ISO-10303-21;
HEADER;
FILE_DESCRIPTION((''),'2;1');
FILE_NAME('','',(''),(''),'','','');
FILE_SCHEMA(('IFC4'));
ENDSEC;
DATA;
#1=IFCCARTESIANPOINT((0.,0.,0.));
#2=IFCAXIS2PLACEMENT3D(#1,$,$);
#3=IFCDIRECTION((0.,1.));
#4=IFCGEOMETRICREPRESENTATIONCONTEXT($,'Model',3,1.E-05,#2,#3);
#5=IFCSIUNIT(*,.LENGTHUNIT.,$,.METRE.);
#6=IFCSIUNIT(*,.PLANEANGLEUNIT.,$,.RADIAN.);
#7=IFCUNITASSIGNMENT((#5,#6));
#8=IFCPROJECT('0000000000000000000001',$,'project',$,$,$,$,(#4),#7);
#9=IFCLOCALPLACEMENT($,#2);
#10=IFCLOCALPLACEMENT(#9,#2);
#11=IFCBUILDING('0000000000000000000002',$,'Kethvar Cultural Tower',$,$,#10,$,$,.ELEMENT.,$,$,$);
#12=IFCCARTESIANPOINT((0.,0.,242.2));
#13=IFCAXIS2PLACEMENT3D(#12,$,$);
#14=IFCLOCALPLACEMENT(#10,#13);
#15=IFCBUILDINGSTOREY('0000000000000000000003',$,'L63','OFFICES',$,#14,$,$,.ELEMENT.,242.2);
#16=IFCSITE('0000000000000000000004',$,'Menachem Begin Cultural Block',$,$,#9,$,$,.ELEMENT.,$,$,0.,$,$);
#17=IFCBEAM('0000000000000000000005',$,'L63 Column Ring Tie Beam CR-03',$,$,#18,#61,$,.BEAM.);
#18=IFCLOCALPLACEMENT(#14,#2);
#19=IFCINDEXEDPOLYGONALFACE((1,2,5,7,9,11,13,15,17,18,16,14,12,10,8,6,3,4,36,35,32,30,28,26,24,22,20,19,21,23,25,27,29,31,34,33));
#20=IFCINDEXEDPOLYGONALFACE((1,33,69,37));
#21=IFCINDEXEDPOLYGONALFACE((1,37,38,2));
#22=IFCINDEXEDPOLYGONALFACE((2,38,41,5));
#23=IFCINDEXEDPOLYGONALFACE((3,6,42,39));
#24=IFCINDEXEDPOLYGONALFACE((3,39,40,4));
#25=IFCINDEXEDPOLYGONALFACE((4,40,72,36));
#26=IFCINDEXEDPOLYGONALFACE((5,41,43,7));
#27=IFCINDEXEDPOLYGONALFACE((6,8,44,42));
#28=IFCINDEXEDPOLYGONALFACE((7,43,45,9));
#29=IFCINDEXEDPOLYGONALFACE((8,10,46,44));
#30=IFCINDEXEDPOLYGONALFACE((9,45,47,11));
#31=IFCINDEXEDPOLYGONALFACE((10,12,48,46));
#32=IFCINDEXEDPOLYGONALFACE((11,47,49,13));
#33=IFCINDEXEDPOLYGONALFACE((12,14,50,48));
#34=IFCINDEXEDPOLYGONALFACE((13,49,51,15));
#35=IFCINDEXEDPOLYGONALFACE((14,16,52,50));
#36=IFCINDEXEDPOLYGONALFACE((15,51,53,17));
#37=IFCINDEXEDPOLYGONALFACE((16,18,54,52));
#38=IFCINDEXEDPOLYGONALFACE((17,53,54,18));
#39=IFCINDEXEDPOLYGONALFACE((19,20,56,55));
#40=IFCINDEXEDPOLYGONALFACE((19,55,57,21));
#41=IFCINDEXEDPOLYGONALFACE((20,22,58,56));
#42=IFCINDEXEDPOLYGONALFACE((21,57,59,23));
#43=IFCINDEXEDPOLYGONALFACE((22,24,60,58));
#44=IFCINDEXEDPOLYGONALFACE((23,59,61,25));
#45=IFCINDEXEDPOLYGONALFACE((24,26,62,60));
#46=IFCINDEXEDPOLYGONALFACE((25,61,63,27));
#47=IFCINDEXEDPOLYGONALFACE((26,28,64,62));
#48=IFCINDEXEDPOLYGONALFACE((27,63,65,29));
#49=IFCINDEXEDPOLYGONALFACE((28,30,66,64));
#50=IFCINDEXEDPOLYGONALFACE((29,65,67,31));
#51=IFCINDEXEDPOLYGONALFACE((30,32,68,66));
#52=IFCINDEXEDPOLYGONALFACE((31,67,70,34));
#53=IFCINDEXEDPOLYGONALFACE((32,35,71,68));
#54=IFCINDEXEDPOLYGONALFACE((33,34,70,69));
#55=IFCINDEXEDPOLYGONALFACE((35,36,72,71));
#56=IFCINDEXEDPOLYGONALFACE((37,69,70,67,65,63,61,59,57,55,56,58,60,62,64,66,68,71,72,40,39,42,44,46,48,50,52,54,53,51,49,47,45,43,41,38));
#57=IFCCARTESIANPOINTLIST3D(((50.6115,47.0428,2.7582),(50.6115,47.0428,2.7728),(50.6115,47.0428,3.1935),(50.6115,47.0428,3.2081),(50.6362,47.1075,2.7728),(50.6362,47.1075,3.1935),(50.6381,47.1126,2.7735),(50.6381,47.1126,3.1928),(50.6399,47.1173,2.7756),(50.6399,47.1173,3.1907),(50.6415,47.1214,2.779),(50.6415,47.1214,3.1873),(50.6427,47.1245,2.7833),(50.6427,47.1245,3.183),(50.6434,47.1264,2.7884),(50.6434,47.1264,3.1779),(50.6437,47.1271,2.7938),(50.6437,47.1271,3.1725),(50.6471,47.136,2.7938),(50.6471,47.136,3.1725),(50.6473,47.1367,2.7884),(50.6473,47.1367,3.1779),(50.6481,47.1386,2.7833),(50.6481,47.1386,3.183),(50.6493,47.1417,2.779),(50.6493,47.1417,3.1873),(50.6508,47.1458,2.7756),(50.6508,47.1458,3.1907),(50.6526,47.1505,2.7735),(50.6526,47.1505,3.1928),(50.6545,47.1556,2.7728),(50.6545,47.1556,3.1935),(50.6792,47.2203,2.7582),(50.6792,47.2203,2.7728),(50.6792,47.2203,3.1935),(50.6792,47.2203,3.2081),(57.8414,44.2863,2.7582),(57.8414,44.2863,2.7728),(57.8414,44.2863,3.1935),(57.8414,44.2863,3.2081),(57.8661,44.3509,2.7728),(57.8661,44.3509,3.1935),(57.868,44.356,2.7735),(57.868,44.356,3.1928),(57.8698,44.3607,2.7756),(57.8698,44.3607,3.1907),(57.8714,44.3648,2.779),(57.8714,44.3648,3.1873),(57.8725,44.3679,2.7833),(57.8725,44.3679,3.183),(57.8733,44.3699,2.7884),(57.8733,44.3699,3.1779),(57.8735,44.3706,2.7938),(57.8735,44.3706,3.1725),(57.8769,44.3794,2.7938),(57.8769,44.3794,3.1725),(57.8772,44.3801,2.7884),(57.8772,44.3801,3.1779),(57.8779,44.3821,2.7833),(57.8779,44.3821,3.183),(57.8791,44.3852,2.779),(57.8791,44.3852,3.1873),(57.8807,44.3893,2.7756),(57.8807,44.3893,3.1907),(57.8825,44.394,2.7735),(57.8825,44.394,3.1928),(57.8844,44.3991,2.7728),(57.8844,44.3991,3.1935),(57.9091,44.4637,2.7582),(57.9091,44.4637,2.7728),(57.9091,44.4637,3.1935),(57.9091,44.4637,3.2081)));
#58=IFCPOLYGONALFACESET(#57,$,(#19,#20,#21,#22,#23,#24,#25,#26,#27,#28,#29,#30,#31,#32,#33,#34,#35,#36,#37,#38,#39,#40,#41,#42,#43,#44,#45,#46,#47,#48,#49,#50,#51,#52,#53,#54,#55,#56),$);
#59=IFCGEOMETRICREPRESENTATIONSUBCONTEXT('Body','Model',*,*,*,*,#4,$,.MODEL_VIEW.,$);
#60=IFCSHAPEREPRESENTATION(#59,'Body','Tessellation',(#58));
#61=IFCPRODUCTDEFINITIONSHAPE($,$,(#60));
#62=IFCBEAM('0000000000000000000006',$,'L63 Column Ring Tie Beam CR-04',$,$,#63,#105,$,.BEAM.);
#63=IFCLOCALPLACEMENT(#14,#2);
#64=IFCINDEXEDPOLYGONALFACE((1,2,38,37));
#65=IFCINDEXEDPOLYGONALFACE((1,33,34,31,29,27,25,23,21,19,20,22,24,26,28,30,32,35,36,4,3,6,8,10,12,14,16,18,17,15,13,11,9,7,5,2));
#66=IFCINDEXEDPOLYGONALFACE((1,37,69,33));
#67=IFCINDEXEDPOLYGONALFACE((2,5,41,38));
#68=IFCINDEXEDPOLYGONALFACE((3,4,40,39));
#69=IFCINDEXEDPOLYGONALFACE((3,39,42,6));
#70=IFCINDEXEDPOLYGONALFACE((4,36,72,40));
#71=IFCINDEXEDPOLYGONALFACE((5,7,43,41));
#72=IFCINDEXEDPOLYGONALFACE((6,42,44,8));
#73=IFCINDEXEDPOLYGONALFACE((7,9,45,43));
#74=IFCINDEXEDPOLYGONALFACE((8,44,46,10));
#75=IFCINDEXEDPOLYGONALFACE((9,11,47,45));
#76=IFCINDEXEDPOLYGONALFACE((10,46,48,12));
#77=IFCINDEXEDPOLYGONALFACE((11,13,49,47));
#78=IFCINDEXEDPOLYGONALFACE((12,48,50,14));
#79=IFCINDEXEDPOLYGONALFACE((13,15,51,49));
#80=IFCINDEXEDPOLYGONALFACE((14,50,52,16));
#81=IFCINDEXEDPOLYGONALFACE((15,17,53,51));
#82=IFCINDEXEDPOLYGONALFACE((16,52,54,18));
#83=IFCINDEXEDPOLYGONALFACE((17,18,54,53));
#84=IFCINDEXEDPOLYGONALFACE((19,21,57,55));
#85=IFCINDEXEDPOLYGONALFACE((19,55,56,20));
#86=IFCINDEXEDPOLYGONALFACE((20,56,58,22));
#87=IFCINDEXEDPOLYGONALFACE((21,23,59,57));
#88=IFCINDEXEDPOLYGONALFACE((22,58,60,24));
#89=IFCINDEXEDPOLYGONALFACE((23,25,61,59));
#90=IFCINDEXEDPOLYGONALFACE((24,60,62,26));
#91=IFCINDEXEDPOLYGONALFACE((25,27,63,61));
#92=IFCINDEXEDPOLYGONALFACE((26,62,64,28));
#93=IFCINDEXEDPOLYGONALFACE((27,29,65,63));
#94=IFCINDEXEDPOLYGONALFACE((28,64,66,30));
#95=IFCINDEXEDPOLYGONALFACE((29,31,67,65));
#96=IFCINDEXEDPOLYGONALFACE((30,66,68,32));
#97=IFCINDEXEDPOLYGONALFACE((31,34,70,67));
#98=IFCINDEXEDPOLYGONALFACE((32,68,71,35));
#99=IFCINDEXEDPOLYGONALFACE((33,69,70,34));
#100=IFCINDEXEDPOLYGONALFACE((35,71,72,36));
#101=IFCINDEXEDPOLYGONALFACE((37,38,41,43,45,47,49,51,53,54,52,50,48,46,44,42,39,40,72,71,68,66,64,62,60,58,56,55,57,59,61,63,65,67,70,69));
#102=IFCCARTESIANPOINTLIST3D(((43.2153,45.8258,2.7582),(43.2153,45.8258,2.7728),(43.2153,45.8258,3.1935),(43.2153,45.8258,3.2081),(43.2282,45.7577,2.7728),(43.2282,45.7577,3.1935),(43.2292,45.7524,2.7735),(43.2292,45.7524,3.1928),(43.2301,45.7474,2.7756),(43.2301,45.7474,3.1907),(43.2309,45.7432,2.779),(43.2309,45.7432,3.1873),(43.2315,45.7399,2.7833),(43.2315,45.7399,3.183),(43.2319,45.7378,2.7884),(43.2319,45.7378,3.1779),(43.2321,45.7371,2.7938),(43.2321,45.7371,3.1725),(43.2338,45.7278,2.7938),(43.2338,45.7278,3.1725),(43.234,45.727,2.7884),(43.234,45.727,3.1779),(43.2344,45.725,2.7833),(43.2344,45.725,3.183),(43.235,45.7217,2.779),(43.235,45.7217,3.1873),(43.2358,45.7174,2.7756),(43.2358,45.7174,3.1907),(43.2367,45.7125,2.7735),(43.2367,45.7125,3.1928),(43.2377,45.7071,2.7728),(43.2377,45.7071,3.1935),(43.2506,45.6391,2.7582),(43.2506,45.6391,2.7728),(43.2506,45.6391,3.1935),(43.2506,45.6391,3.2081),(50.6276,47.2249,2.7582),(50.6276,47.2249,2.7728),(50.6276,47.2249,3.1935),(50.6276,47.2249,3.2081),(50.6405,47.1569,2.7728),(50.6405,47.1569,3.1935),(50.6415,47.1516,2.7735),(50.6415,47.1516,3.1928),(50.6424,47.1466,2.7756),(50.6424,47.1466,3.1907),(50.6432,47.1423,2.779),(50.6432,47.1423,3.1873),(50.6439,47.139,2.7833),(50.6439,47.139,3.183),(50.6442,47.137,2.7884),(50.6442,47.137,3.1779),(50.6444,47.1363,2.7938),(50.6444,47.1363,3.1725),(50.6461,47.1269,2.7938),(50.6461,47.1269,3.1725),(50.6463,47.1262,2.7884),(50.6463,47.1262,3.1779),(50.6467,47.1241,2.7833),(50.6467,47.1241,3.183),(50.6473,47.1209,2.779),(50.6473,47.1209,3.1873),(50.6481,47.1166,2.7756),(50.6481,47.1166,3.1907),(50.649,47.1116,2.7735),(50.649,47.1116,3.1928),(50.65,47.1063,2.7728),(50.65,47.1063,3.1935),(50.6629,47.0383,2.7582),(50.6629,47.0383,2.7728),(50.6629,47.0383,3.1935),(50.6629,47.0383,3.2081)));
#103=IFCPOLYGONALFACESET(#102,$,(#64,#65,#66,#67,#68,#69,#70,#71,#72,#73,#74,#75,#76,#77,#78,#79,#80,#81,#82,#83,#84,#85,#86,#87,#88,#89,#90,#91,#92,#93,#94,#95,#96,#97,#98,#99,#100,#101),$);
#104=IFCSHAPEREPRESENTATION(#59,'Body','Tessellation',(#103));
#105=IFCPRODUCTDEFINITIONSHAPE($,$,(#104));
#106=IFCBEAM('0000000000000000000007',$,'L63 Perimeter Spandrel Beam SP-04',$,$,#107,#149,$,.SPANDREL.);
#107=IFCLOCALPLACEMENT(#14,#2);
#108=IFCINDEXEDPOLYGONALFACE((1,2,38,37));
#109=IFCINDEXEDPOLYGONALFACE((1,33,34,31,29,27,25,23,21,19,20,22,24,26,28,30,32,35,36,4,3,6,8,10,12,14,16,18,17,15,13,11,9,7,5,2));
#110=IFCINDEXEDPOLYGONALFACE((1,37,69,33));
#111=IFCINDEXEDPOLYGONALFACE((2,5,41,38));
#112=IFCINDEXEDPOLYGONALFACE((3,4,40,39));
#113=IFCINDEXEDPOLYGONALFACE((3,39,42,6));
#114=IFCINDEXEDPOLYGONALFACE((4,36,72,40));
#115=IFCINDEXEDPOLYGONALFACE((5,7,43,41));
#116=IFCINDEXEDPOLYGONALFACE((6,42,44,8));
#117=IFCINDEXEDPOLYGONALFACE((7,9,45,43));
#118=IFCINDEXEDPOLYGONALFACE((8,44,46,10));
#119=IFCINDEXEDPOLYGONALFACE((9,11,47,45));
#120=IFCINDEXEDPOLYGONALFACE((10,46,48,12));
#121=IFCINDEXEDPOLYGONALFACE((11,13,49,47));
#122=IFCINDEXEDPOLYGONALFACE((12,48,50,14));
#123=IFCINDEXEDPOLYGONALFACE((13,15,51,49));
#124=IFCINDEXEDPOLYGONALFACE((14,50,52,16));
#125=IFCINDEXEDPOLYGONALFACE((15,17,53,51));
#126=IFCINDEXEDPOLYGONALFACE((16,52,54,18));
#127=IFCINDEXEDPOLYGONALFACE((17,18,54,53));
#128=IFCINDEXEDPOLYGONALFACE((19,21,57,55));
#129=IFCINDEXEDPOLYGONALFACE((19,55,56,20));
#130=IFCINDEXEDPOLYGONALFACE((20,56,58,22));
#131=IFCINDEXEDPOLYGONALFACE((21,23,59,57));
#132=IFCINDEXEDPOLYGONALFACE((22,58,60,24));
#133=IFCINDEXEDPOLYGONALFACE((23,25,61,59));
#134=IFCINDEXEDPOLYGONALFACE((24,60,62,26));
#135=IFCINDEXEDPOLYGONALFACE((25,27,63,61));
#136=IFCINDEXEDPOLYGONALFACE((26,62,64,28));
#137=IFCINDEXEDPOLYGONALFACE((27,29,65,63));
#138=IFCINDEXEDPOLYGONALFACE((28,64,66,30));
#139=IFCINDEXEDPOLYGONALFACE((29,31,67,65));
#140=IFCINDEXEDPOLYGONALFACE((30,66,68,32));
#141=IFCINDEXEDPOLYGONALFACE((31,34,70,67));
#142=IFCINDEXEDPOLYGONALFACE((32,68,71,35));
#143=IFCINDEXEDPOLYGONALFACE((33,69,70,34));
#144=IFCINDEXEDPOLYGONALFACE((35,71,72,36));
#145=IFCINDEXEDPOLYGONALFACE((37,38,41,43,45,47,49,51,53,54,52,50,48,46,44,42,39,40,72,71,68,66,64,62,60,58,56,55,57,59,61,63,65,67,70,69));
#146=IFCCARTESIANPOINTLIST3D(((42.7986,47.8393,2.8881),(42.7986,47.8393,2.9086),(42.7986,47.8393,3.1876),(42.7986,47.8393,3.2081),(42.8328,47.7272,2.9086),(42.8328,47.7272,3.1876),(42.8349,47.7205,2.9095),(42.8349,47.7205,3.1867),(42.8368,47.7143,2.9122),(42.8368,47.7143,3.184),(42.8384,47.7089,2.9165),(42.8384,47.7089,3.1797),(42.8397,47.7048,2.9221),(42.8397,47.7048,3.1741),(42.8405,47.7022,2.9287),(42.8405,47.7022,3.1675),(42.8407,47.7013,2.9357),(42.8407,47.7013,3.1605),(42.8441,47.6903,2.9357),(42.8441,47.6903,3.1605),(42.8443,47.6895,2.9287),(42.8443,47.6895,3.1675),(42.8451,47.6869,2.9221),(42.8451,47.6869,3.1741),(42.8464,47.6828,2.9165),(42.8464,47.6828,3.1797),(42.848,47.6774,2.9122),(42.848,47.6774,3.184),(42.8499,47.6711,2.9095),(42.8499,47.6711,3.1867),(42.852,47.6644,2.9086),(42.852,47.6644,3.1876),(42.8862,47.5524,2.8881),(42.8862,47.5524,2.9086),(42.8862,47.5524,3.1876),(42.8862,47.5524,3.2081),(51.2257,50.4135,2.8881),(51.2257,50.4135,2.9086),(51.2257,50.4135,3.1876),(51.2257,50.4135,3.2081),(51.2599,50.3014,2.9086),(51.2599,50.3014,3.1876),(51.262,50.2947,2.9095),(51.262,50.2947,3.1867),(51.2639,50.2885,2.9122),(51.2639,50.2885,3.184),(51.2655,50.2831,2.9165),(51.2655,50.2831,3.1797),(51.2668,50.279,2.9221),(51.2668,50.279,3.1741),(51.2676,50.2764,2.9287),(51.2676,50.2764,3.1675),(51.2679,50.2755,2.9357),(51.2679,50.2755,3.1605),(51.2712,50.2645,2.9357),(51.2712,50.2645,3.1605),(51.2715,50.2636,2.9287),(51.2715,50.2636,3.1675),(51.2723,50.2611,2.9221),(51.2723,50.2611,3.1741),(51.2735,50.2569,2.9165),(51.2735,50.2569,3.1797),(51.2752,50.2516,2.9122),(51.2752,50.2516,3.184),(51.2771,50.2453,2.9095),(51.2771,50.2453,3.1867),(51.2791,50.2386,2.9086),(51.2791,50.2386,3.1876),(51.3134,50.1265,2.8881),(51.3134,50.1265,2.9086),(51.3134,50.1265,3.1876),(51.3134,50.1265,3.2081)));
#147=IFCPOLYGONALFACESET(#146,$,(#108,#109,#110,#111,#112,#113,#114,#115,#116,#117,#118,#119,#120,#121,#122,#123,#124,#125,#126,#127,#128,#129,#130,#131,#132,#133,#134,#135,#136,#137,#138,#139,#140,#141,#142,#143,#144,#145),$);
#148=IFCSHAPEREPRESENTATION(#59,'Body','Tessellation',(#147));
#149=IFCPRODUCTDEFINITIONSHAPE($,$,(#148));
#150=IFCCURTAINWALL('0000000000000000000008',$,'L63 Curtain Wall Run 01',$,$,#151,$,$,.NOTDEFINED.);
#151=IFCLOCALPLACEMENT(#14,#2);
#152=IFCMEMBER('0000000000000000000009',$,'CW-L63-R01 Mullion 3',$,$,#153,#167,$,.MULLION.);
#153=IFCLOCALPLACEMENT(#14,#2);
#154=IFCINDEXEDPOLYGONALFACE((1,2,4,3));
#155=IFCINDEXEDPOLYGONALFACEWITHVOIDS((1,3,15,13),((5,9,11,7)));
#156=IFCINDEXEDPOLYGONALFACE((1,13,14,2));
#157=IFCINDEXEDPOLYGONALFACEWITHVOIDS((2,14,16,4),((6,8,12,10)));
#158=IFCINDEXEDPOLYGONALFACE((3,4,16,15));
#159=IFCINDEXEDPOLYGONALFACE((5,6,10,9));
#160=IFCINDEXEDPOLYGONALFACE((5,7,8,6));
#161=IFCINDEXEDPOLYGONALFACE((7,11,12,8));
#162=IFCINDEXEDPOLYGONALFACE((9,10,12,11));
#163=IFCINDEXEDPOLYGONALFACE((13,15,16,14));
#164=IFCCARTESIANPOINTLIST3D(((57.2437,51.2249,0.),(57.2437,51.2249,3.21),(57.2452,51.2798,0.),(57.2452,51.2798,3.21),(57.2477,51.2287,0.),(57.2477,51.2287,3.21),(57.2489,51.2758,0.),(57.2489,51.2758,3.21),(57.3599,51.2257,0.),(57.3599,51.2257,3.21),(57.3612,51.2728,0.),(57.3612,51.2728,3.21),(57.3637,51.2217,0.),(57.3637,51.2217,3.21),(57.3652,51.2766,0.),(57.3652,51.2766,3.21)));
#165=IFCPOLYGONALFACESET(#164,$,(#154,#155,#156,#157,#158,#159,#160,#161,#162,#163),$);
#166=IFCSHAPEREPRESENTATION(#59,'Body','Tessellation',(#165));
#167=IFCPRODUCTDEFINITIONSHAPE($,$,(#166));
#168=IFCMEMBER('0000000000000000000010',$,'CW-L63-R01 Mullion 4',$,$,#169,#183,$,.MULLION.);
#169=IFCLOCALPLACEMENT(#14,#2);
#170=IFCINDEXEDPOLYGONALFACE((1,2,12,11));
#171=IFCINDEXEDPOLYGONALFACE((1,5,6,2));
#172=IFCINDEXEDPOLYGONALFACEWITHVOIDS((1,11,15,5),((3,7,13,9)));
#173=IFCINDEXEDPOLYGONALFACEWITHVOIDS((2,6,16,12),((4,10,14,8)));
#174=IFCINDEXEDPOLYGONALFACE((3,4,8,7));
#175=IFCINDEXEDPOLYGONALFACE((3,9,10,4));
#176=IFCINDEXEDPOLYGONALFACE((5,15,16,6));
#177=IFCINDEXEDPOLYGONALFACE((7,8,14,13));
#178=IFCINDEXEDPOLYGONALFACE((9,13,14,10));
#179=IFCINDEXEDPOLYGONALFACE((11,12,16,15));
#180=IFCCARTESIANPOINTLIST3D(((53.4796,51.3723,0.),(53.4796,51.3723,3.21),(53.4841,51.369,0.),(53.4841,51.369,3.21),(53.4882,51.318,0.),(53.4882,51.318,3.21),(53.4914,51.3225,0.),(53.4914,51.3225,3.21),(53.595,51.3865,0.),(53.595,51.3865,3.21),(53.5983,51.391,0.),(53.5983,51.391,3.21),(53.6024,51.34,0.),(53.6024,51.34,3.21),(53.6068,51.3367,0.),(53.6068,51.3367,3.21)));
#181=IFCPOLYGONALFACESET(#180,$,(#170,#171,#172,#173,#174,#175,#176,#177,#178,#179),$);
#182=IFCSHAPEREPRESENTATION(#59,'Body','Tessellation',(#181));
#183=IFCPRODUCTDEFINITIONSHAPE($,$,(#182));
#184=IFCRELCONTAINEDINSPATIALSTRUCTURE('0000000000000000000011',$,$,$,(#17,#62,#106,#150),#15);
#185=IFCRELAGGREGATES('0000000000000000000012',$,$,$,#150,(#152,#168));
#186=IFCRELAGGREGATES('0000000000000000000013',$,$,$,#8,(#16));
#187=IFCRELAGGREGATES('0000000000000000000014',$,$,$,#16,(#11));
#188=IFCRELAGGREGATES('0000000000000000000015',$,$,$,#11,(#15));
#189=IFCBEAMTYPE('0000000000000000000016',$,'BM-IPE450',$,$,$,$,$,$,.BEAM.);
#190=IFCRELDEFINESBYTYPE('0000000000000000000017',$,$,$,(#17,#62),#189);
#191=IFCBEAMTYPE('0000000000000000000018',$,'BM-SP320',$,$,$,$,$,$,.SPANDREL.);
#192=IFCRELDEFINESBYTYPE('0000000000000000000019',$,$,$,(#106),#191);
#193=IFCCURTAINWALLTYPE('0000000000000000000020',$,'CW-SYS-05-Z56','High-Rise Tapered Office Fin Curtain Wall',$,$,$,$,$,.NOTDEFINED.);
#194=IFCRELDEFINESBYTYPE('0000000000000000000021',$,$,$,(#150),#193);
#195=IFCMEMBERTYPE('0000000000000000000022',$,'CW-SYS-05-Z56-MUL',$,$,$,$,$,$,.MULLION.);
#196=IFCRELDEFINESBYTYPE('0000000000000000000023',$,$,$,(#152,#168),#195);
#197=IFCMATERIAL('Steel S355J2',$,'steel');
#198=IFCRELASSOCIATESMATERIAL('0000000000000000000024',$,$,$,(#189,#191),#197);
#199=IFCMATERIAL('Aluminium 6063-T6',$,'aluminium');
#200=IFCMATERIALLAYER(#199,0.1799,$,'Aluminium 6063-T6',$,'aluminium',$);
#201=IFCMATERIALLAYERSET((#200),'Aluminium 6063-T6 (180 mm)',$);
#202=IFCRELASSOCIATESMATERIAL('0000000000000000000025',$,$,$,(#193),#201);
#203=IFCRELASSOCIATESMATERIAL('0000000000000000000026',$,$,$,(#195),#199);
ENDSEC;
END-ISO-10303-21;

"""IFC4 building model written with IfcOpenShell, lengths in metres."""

from ifc_helpers import new_model, si_unit, direction, frame, origin, origin_2d, place, context, subcontext, project, spatial, hollow_rectangle, i_section, extrude, source, transform, mapped, material, layer, layer_set, material_profile, profile_set, type_object, element, aggregate, save


model = new_model("IFC4")

# Units and contexts
model_context = context("Model", 3, precision=1e-05, world=origin(), true_north=direction((0.0, 1.0)))
body_context = subcontext(model_context, "Body", "Model", "MODEL_VIEW")
ifc_project = project(units=[si_unit("LENGTHUNIT", "METRE"), si_unit("PLANEANGLEUNIT", "RADIAN")], contexts=[model_context])

# Site, building, storey
site_placement = place(None, origin())
site = spatial("IfcSite", under=ifc_project, at=site_placement, Name="Menachem Begin Cultural Block", CompositionType="ELEMENT", RefElevation=0.0)
building_placement = place(site_placement, origin())
building = spatial("IfcBuilding", under=site, at=building_placement, Name="Kethvar Cultural Tower", CompositionType="ELEMENT")
storey_placement = place(building_placement, frame((0.0, 0.0, 242.2)))
storey = spatial("IfcBuildingStorey", under=building, at=storey_placement, Name="L63", Description="OFFICES", CompositionType="ELEMENT", Elevation=242.2)

# Beams
ifc_material_1 = material(Name="Steel S355J2", Category="steel")
ifc_material_profile_1 = material_profile(ifc_material_1, i_section(OverallWidth=0.1899, OverallDepth=0.45, WebThickness=0.0095, FlangeThickness=0.0146, FilletRadius=0.021, at=origin_2d()), Name="Steel S355J2 — IPE450")
ifc_profile_set_1 = profile_set([ifc_material_profile_1], Name="Steel S355J2 — IPE450")
beam_type_1 = type_object("IfcBeamType", Name="BM-IPE450", PredefinedType="BEAM", material=ifc_profile_set_1)
shared_shape_1 = source(origin(), body_context, "Body", "SweptSolid", [
    extrude(i_section(OverallWidth=0.1899, OverallDepth=0.45, WebThickness=0.0095, FlangeThickness=0.0146, FilletRadius=0.021, at=origin_2d()), origin(), (0.0, 0.0, 1.0), 7.7375),
])
beam_1_placement = place(storey_placement, frame((57.8752, 44.375, 2.9832), z_axis=(-0.934388, 0.356256, 0.0), x_axis=(-0.356256, -0.934388, 0.0)))
element("IfcBeam", 1, at=beam_1_placement, inside=storey, type_object=beam_type_1, Name="L63 Column Ring Tie Beam CR-03", PredefinedType="BEAM", context=body_context, shape_type="MappedRepresentation", body=[
    mapped(shared_shape_1, transform((0.0, 0.0, 0.0), scale=1.0)),
])
shared_shape_2 = source(origin(), body_context, "Body", "SweptSolid", [
    extrude(i_section(OverallWidth=0.1899, OverallDepth=0.45, WebThickness=0.0095, FlangeThickness=0.0146, FilletRadius=0.021, at=origin_2d()), origin(), (0.0, 0.0, 1.0), 7.5432),
])
beam_2_placement = place(storey_placement, frame((50.6453, 47.1316, 2.9832), z_axis=(-0.982647, -0.185486, 0.0), x_axis=(0.185486, -0.982647, 0.0)))
element("IfcBeam", 2, at=beam_2_placement, inside=storey, type_object=beam_type_1, Name="L63 Column Ring Tie Beam CR-04", PredefinedType="BEAM", context=body_context, shape_type="MappedRepresentation", body=[
    mapped(shared_shape_2, transform((0.0, 0.0, 0.0), scale=1.0)),
])
ifc_material_profile_2 = material_profile(ifc_material_1, i_section(OverallWidth=0.3, OverallDepth=0.3201, WebThickness=0.0115, FlangeThickness=0.0205, FilletRadius=0.0271, at=origin_2d()), Name="Steel S355J2 — HEB320")
ifc_profile_set_2 = profile_set([ifc_material_profile_2], Name="Steel S355J2 — HEB320")
beam_type_2 = type_object("IfcBeamType", Name="BM-SP320", PredefinedType="SPANDREL", material=ifc_profile_set_2)
shared_shape_3 = source(origin(), body_context, "Body", "SweptSolid", [
    extrude(i_section(OverallWidth=0.3, OverallDepth=0.3201, WebThickness=0.0115, FlangeThickness=0.0205, FilletRadius=0.0271, at=origin_2d()), origin(), (0.0, 0.0, 1.0), 8.8115),
])
beam_3_placement = place(storey_placement, frame((51.2695, 50.27, 3.0481), z_axis=(-0.956376, -0.292138, 0.0), x_axis=(0.292138, -0.956376, 0.0)))
element("IfcBeam", 3, at=beam_3_placement, inside=storey, type_object=beam_type_2, Name="L63 Perimeter Spandrel Beam SP-04", PredefinedType="SPANDREL", context=body_context, shape_type="MappedRepresentation", body=[
    mapped(shared_shape_3, transform((0.0, 0.0, 0.0), scale=1.0)),
])

# Curtain wall, members
ifc_material_2 = material(Name="Aluminium 6063-T6", Category="aluminium")
ifc_layer_1 = layer(ifc_material_2, 0.1799, Name="Aluminium 6063-T6", Category="aluminium")
ifc_layer_set_1 = layer_set([ifc_layer_1], Name="Aluminium 6063-T6 (180 mm)")
curtain_wall_type = type_object("IfcCurtainWallType", Name="CW-SYS-05-Z56", Description="High-Rise Tapered Office Fin Curtain Wall", PredefinedType="NOTDEFINED", material=ifc_layer_set_1)
curtain_wall_placement = place(storey_placement, origin())
curtain_wall = element("IfcCurtainWall", 4, at=curtain_wall_placement, inside=storey, type_object=curtain_wall_type, Name="L63 Curtain Wall Run 01", PredefinedType="NOTDEFINED")
ifc_material_profile_3 = material_profile(ifc_material_2, hollow_rectangle(XDim=0.0549, YDim=0.1201, WallThickness=0.0039, at=origin_2d()), Name="Aluminium 6063-T6 — RHS120x55x4")
ifc_profile_set_3 = profile_set([ifc_material_profile_3], Name="Aluminium 6063-T6 — RHS120x55x4")
member_type_1 = type_object("IfcMemberType", Name="CW-SYS-05-Z56-MUL", PredefinedType="MULLION", material=ifc_profile_set_3)
shared_shape_4 = source(origin(), body_context, "Body", "SweptSolid", [
    extrude(hollow_rectangle(XDim=0.0549, YDim=0.1201, WallThickness=0.0039, at=origin_2d()), origin(), (0.0, 0.0, 1.0), 3.21),
])
member_1_placement = place(storey_placement, frame((57.3044, 51.2507, 0.0), z_axis=(0.0, 0.0, 1.0), x_axis=(-0.027084, -0.999633, 0.0)))
member_1 = element("IfcMember", 5, at=member_1_placement, type_object=member_type_1, Name="CW-L63-R01 Mullion 3", PredefinedType="MULLION", context=body_context, shape_type="MappedRepresentation", body=[
    mapped(shared_shape_4, transform((0.0, 0.0, 0.0), scale=1.0)),
])
member_2_placement = place(storey_placement, frame((53.5432, 51.3545, 0.0), z_axis=(0.0, 0.0, 1.0), x_axis=(0.1559, -0.987773, 0.0)))
member_2 = element("IfcMember", 6, at=member_2_placement, type_object=member_type_1, Name="CW-L63-R01 Mullion 4", PredefinedType="MULLION", context=body_context, shape_type="MappedRepresentation", body=[
    mapped(shared_shape_4, transform((0.0, 0.0, 0.0), scale=1.0)),
])
aggregate(curtain_wall, [member_1, member_2])

save(model, "model.ifc")
